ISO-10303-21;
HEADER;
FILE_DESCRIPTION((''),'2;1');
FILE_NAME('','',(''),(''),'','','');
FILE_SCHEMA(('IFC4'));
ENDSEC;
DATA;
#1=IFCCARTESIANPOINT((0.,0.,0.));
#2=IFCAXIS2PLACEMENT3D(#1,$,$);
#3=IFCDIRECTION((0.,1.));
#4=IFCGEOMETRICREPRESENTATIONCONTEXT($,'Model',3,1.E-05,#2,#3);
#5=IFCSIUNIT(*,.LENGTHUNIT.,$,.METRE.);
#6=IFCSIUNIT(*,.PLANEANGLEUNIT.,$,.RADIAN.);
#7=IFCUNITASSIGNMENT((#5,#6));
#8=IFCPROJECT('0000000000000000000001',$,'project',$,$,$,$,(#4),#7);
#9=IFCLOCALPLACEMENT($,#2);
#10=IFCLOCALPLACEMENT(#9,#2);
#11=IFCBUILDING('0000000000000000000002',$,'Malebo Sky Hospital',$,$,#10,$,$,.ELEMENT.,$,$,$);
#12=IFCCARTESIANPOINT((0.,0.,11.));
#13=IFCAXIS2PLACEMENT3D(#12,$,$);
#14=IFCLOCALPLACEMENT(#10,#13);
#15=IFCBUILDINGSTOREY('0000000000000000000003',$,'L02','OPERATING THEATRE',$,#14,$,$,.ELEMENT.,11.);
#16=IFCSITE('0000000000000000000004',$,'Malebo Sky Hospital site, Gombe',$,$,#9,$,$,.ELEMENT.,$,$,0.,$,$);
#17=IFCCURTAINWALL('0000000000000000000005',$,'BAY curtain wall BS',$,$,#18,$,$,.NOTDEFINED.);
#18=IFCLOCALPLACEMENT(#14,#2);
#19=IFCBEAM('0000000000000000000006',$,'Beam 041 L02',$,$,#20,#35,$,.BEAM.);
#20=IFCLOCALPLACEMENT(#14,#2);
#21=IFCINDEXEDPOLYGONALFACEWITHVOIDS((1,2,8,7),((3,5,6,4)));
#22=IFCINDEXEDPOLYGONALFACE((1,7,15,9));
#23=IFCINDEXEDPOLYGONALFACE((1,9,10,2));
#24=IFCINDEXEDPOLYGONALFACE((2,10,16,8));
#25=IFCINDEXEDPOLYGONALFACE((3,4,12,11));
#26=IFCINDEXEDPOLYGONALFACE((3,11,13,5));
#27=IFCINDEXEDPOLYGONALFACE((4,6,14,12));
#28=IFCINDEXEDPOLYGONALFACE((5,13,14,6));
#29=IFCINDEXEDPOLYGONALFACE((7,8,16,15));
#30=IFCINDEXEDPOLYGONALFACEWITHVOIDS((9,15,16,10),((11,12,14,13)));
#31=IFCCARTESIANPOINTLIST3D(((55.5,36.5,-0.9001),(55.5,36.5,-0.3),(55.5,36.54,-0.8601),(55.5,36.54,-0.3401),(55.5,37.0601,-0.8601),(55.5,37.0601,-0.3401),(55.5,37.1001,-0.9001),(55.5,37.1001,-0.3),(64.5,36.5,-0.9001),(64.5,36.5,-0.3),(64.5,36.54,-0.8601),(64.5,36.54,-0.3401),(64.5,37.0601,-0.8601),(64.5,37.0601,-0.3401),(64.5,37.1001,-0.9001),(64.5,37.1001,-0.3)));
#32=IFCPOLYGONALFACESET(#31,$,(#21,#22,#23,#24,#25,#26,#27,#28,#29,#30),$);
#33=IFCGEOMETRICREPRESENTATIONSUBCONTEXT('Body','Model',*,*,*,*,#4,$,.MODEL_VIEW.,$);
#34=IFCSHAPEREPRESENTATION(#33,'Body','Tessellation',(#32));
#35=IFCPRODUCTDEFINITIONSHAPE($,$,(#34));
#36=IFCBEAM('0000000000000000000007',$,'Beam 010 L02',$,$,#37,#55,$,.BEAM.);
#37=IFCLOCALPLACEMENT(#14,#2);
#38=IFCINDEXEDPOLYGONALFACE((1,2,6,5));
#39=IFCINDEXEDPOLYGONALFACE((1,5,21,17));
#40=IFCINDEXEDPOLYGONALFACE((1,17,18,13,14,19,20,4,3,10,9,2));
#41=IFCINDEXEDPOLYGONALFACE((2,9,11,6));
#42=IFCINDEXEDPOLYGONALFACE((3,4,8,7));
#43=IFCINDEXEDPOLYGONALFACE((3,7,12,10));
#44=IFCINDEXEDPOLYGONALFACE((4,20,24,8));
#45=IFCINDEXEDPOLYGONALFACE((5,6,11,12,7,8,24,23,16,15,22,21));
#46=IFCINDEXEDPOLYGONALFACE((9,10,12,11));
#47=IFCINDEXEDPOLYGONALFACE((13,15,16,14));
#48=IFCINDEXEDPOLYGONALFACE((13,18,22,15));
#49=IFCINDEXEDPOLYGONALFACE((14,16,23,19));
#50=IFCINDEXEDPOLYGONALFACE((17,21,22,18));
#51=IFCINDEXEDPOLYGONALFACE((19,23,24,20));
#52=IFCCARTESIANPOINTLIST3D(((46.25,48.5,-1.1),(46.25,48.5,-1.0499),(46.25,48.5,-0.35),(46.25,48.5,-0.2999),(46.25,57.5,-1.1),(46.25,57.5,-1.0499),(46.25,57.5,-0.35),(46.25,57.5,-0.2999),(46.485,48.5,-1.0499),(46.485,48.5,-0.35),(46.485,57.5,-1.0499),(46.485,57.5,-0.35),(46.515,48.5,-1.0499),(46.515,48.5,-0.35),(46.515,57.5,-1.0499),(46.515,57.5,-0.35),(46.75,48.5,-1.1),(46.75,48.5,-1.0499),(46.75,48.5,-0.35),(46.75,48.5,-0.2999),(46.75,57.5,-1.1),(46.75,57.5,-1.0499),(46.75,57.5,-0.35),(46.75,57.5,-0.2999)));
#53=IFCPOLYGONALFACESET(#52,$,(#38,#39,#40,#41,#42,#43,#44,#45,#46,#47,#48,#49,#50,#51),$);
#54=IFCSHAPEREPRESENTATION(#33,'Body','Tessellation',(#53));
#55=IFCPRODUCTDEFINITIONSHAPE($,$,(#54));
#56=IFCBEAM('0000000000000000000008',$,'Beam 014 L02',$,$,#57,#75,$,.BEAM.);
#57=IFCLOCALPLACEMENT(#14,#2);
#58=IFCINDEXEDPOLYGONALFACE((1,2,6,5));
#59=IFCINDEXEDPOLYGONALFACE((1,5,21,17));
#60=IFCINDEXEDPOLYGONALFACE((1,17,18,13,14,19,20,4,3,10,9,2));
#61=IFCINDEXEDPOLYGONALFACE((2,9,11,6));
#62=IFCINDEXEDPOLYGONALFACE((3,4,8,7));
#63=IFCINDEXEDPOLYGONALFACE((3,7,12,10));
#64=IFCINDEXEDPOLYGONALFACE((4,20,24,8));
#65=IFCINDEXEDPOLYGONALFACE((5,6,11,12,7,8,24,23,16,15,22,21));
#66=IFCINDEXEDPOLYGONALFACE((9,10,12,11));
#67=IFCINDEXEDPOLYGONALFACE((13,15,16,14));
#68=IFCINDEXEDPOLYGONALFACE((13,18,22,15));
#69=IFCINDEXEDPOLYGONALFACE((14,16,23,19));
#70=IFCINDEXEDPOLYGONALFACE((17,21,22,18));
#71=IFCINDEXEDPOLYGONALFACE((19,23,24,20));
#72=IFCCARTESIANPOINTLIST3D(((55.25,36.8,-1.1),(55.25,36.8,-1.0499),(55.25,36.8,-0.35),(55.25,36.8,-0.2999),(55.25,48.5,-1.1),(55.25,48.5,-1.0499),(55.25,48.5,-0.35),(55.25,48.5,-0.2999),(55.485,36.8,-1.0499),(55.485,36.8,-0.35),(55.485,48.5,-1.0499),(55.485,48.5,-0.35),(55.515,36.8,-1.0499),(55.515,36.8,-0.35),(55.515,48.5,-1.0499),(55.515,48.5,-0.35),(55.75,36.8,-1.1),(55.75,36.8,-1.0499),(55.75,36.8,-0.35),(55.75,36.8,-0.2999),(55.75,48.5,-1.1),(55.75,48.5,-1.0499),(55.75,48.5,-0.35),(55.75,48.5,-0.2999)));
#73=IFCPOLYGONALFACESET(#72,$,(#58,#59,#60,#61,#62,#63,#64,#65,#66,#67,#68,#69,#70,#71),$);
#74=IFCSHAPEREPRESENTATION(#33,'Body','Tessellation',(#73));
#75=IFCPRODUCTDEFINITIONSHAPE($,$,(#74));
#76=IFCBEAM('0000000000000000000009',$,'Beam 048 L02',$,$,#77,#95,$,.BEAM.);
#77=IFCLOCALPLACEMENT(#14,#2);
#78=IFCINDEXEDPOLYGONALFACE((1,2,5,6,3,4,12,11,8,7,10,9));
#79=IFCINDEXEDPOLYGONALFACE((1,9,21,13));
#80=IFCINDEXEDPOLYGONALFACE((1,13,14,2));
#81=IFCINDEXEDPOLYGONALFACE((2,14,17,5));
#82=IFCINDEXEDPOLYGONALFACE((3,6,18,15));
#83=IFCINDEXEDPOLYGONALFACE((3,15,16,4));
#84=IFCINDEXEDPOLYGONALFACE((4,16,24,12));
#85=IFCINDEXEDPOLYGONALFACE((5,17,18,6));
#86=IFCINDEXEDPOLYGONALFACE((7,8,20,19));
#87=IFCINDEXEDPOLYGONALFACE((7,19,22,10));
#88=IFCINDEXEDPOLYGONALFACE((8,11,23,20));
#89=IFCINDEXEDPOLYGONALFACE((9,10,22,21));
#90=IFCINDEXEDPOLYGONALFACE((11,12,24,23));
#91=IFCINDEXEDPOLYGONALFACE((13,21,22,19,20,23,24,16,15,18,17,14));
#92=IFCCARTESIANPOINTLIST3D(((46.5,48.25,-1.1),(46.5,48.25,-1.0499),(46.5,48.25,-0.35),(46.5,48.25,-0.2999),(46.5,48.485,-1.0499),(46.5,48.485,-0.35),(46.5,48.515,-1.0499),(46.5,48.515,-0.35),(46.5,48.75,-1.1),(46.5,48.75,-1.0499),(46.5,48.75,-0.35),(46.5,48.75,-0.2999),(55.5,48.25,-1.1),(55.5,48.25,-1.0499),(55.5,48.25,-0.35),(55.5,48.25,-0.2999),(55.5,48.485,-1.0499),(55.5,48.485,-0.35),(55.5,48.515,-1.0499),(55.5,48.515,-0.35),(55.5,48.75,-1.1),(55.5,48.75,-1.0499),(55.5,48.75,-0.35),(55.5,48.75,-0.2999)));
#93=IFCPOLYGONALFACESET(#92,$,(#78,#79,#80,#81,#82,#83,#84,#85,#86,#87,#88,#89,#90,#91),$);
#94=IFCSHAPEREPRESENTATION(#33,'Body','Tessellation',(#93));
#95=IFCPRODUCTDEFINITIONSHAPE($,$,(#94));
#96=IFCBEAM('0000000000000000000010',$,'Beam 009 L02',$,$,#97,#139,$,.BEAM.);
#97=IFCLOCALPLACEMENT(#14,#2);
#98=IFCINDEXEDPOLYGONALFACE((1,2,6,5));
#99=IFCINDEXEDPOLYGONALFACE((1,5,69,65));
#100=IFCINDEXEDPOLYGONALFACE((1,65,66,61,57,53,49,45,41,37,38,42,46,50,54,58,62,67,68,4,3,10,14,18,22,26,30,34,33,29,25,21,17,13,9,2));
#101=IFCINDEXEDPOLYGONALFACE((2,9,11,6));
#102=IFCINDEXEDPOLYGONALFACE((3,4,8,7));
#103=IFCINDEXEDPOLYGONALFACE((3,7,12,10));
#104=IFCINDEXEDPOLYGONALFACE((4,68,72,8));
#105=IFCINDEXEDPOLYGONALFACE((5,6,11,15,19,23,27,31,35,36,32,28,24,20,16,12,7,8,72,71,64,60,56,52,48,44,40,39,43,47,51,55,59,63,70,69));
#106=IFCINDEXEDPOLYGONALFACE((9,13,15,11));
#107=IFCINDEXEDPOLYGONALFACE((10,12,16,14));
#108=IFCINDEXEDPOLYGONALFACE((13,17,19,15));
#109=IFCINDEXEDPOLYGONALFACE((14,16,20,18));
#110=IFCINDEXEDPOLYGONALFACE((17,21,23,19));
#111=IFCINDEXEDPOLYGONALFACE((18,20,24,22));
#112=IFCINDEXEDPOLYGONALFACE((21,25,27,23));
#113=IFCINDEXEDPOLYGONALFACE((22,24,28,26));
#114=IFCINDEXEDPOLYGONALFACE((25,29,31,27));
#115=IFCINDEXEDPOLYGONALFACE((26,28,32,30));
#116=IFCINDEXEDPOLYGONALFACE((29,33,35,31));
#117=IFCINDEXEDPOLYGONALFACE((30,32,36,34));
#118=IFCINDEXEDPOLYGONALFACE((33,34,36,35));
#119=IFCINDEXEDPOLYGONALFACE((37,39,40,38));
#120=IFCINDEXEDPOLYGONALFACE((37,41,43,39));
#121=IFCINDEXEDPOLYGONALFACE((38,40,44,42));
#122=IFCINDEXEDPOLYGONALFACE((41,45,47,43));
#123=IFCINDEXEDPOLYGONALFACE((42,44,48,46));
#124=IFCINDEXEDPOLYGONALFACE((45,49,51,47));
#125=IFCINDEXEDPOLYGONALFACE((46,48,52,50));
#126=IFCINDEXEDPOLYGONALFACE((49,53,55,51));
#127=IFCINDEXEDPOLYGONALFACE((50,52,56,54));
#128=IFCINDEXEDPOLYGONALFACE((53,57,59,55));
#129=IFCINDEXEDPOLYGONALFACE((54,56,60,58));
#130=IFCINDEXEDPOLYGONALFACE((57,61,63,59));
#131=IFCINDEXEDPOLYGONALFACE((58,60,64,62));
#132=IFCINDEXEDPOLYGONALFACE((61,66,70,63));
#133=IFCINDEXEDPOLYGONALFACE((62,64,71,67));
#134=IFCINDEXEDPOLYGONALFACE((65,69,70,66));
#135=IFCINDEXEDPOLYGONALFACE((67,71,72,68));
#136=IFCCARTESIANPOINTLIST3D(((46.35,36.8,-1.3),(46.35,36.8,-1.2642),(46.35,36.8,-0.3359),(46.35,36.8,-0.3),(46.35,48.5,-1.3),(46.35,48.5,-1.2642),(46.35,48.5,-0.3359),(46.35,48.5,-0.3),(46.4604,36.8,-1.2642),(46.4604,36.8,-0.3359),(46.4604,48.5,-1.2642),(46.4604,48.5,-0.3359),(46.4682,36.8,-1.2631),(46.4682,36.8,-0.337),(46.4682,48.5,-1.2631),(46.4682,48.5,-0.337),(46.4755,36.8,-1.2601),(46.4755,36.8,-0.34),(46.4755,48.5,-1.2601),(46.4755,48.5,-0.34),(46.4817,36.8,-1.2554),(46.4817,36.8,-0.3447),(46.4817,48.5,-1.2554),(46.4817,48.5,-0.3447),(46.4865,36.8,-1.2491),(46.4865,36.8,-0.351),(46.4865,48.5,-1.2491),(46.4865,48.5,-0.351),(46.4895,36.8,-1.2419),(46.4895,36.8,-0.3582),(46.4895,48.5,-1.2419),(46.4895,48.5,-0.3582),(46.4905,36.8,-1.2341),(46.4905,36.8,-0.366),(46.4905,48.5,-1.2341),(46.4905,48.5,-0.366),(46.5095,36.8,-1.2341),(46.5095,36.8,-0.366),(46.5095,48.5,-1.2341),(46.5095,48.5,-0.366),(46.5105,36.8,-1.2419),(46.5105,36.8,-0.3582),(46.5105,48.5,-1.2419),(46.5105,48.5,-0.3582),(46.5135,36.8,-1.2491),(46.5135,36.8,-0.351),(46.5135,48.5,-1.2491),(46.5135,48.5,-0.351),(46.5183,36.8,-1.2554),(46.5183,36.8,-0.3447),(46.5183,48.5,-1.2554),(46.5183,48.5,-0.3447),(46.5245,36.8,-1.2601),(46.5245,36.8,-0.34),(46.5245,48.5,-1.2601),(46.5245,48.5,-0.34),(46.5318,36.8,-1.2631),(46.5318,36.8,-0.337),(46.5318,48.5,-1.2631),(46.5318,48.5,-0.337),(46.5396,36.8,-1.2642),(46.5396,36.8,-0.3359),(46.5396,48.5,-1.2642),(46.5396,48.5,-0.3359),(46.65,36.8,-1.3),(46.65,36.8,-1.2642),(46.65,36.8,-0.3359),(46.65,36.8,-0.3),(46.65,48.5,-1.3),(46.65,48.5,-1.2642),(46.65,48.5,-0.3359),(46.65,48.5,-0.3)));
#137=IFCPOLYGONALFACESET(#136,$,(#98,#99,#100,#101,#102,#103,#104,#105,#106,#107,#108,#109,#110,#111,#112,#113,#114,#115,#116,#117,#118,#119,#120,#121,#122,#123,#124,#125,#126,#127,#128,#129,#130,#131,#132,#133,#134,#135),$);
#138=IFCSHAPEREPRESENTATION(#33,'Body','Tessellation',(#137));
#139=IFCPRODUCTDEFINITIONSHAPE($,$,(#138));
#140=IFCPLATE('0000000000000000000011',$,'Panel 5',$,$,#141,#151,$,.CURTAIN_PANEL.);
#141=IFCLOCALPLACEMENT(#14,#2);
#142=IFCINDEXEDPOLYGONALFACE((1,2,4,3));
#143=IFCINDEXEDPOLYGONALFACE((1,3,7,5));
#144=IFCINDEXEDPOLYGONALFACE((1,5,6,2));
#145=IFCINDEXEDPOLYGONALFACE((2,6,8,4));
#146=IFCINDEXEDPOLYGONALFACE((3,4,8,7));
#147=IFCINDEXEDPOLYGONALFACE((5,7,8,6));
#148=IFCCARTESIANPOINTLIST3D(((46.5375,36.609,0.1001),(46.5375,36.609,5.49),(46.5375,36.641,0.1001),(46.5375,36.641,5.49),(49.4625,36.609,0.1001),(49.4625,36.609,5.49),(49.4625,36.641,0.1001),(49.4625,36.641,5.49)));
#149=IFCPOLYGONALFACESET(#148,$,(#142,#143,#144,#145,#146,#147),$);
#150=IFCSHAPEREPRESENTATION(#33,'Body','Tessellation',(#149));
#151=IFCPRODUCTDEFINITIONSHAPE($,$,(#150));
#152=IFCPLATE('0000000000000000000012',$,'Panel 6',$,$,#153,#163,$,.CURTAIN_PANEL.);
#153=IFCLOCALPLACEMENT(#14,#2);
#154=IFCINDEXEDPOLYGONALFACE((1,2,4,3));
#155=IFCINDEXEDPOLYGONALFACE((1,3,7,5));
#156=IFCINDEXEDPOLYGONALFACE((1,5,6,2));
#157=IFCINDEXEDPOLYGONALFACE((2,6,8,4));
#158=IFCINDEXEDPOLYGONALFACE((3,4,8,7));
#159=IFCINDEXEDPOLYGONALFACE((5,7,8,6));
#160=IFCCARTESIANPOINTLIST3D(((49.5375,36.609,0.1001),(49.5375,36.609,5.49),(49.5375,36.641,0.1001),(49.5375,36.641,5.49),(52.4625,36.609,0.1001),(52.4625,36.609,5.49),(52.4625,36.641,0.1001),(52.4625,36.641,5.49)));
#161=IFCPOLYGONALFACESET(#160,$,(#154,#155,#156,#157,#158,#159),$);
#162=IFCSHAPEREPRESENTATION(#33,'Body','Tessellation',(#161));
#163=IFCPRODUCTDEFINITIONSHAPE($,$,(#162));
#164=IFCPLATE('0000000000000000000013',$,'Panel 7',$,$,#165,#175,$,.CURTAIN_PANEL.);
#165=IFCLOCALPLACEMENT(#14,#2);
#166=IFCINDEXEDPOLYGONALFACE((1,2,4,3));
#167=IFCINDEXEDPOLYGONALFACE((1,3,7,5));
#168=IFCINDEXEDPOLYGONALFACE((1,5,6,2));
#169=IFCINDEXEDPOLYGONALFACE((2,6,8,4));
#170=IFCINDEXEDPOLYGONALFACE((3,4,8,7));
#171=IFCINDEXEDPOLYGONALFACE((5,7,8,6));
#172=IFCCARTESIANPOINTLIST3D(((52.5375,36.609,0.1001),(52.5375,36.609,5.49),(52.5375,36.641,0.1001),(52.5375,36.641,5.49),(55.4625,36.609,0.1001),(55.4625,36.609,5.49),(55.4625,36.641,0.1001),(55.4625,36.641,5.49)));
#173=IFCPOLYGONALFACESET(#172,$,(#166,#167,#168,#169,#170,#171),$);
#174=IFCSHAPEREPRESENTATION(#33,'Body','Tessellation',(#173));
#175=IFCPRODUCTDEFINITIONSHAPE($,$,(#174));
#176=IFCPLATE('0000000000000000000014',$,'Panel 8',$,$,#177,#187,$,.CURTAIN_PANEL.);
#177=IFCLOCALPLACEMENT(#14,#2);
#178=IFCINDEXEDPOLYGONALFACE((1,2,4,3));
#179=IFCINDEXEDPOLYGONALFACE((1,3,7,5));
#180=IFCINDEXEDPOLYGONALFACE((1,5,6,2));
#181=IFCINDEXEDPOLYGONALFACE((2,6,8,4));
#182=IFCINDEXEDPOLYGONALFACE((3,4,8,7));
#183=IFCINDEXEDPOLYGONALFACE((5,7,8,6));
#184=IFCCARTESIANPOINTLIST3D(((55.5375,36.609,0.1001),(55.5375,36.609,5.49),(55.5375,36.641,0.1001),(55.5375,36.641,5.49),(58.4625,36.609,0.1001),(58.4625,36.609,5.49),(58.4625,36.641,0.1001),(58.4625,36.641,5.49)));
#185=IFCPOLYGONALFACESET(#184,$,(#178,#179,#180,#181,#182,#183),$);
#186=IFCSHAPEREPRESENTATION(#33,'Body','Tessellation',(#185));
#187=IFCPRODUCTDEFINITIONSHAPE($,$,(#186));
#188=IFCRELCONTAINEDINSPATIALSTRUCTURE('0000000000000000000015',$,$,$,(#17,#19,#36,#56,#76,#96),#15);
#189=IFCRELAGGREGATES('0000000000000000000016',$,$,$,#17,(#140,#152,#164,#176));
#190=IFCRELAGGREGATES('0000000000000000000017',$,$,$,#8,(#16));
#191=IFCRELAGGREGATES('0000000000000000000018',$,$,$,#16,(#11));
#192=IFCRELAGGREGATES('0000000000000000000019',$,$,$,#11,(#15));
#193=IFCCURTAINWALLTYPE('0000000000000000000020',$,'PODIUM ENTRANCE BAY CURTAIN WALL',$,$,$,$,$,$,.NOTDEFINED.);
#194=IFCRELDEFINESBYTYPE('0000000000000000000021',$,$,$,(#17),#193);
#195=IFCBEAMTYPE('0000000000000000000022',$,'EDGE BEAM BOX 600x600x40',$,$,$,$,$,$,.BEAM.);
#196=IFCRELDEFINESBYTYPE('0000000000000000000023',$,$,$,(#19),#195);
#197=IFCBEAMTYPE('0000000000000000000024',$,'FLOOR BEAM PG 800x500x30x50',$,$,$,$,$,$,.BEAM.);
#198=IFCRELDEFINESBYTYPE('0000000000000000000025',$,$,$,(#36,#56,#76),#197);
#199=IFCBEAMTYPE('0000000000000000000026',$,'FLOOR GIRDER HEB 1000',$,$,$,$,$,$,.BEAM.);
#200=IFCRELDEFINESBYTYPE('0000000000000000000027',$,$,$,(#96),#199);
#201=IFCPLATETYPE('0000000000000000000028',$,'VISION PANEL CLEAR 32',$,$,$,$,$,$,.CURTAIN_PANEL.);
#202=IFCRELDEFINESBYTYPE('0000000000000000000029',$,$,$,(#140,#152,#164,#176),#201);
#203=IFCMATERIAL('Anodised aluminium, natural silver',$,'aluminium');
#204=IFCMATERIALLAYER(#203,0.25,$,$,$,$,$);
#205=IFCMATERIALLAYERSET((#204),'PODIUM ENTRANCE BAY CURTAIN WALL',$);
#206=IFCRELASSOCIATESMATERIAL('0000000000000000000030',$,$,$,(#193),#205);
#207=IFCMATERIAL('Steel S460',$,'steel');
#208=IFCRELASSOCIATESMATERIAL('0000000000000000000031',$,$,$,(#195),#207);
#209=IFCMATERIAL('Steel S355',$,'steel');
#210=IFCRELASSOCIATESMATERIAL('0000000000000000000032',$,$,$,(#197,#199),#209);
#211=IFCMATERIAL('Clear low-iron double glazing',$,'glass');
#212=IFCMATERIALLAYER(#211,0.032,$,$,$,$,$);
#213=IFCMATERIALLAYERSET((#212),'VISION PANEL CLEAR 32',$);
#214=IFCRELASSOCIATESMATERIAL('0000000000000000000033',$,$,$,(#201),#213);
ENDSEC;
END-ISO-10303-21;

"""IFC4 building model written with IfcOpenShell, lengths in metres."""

from ifc_helpers import new_model, si_unit, direction, frame, origin, origin_2d, place, context, subcontext, project, spatial, rectangle, hollow_rectangle, i_section, extrude, material, layer, layer_set, material_profile, profile_set, type_object, element, aggregate, save


model = new_model("IFC4")

# Units and contexts
model_context = context("Model", 3, precision=1e-05, world=origin(), true_north=direction((0.0, 1.0)))
body_context = subcontext(model_context, "Body", "Model", "MODEL_VIEW")
ifc_project = project(units=[si_unit("LENGTHUNIT", "METRE"), si_unit("PLANEANGLEUNIT", "RADIAN")], contexts=[model_context])

# Site, building, storey
site_placement = place(None, origin())
site = spatial("IfcSite", under=ifc_project, at=site_placement, Name="Malebo Sky Hospital site, Gombe", CompositionType="ELEMENT", RefElevation=0.0)
building_placement = place(site_placement, origin())
building = spatial("IfcBuilding", under=site, at=building_placement, Name="Malebo Sky Hospital", CompositionType="ELEMENT")
storey_placement = place(building_placement, frame((0.0, 0.0, 11.0)))
storey = spatial("IfcBuildingStorey", under=building, at=storey_placement, Name="L02", Description="OPERATING THEATRE", CompositionType="ELEMENT", Elevation=11.0)

# Shared definitions
ifc_material_1 = material(Name="Steel S460", Category="steel")

# Curtain wall
ifc_material_2 = material(Name="Anodised aluminium, natural silver", Category="aluminium")
ifc_layer_1 = layer(ifc_material_2, 0.25)
ifc_layer_set_1 = layer_set([ifc_layer_1], Name="PODIUM ENTRANCE BAY CURTAIN WALL")
curtain_wall_type = type_object("IfcCurtainWallType", Name="PODIUM ENTRANCE BAY CURTAIN WALL", PredefinedType="NOTDEFINED", material=ifc_layer_set_1)
curtain_wall_placement = place(storey_placement, origin())
curtain_wall = element("IfcCurtainWall", 1, at=curtain_wall_placement, inside=storey, type_object=curtain_wall_type, Name="BAY curtain wall BS", PredefinedType="NOTDEFINED")

# Beams
ifc_material_profile_1 = material_profile(ifc_material_1, hollow_rectangle(XDim=0.6001, YDim=0.6001, WallThickness=0.04, at=origin_2d()), Name="BOX 600x600x40")
ifc_profile_set_1 = profile_set([ifc_material_profile_1], Name="Steel S460")
beam_type_1 = type_object("IfcBeamType", Name="EDGE BEAM BOX 600x600x40", PredefinedType="BEAM", material=ifc_profile_set_1)
for number, where, z_axis, x_axis, name in (
    (2, (55.5, 36.8, -0.6001), (1.0, 0.0, 0.0), (0.0, 1.0, 0.0), "Beam 041 L02"),
):
    element("IfcBeam", number, at=place(storey_placement, frame(where, z_axis=z_axis, x_axis=x_axis)), inside=storey, type_object=beam_type_1, Name=name, PredefinedType="BEAM", context=body_context, shape_type="SweptSolid", body=[
        extrude(hollow_rectangle(XDim=0.6001, YDim=0.6001, WallThickness=0.04, at=origin_2d()), origin(), (0.0, 0.0, 1.0), 9.0),
    ])
ifc_material_3 = material(Name="Steel S355", Category="steel")
ifc_material_profile_2 = material_profile(ifc_material_3, i_section(OverallWidth=0.5, OverallDepth=0.8, WebThickness=0.03, FlangeThickness=0.05, at=origin_2d()), Name="PG 800x500x30x50")
ifc_profile_set_2 = profile_set([ifc_material_profile_2], Name="Steel S355")
beam_type_2 = type_object("IfcBeamType", Name="FLOOR BEAM PG 800x500x30x50", PredefinedType="BEAM", material=ifc_profile_set_2)
beam_1_placement = place(storey_placement, frame((46.5, 48.5, -0.7), z_axis=(0.0, 1.0, 0.0), x_axis=(-1.0, 0.0, 0.0)))
element("IfcBeam", 3, at=beam_1_placement, inside=storey, type_object=beam_type_2, Name="Beam 010 L02", PredefinedType="BEAM", context=body_context, shape_type="SweptSolid", body=[
    extrude(i_section(OverallWidth=0.5, OverallDepth=0.8, WebThickness=0.03, FlangeThickness=0.05, at=origin_2d()), origin(), (0.0, 0.0, 1.0), 9.0),
])
beam_2_placement = place(storey_placement, frame((55.5, 36.8, -0.7), z_axis=(0.0, 1.0, 0.0), x_axis=(-1.0, 0.0, 0.0)))
element("IfcBeam", 4, at=beam_2_placement, inside=storey, type_object=beam_type_2, Name="Beam 014 L02", PredefinedType="BEAM", context=body_context, shape_type="SweptSolid", body=[
    extrude(i_section(OverallWidth=0.5, OverallDepth=0.8, WebThickness=0.03, FlangeThickness=0.05, at=origin_2d()), origin(), (0.0, 0.0, 1.0), 11.7),
])
beam_3_placement = place(storey_placement, frame((46.5, 48.5, -0.7), z_axis=(1.0, 0.0, 0.0), x_axis=(0.0, 1.0, 0.0)))
element("IfcBeam", 5, at=beam_3_placement, inside=storey, type_object=beam_type_2, Name="Beam 048 L02", PredefinedType="BEAM", context=body_context, shape_type="SweptSolid", body=[
    extrude(i_section(OverallWidth=0.5, OverallDepth=0.8, WebThickness=0.03, FlangeThickness=0.05, at=origin_2d()), origin(), (0.0, 0.0, 1.0), 9.0),
])
ifc_material_profile_3 = material_profile(ifc_material_3, i_section(OverallWidth=0.3, OverallDepth=1.0, WebThickness=0.019, FlangeThickness=0.0359, FilletRadius=0.03, at=origin_2d()), Name="HEB 1000")
ifc_profile_set_3 = profile_set([ifc_material_profile_3], Name="Steel S355")
beam_type_3 = type_object("IfcBeamType", Name="FLOOR GIRDER HEB 1000", PredefinedType="BEAM", material=ifc_profile_set_3)
beam_4_placement = place(storey_placement, frame((46.5, 36.8, -0.8), z_axis=(0.0, 1.0, 0.0), x_axis=(-1.0, 0.0, 0.0)))
element("IfcBeam", 6, at=beam_4_placement, inside=storey, type_object=beam_type_3, Name="Beam 009 L02", PredefinedType="BEAM", context=body_context, shape_type="SweptSolid", body=[
    extrude(i_section(OverallWidth=0.3, OverallDepth=1.0, WebThickness=0.019, FlangeThickness=0.0359, FilletRadius=0.03, at=origin_2d()), origin(), (0.0, 0.0, 1.0), 11.7),
])

# Plates
ifc_material_4 = material(Name="Clear low-iron double glazing", Category="glass")
ifc_layer_2 = layer(ifc_material_4, 0.032)
ifc_layer_set_2 = layer_set([ifc_layer_2], Name="VISION PANEL CLEAR 32")
plate_type = type_object("IfcPlateType", Name="VISION PANEL CLEAR 32", PredefinedType="CURTAIN_PANEL", material=ifc_layer_set_2)
plate_1_placement = place(storey_placement, frame((48.0, 36.625, 0.1001), z_axis=(0.0, 0.0, 1.0), x_axis=(1.0, 0.0, 0.0)))
plate_1 = element("IfcPlate", 7, at=plate_1_placement, type_object=plate_type, Name="Panel 5", PredefinedType="CURTAIN_PANEL", context=body_context, shape_type="SweptSolid", body=[
    extrude(rectangle(XDim=2.925, YDim=0.032, at=origin_2d()), origin(), (0.0, 0.0, 1.0), 5.3899),
])
plate_2_placement = place(storey_placement, frame((51.0, 36.625, 0.1001), z_axis=(0.0, 0.0, 1.0), x_axis=(1.0, 0.0, 0.0)))
plate_2 = element("IfcPlate", 8, at=plate_2_placement, type_object=plate_type, Name="Panel 6", PredefinedType="CURTAIN_PANEL", context=body_context, shape_type="SweptSolid", body=[
    extrude(rectangle(XDim=2.925, YDim=0.032, at=origin_2d()), origin(), (0.0, 0.0, 1.0), 5.3899),
])
plate_3_placement = place(storey_placement, frame((54.0, 36.625, 0.1001), z_axis=(0.0, 0.0, 1.0), x_axis=(1.0, 0.0, 0.0)))
plate_3 = element("IfcPlate", 9, at=plate_3_placement, type_object=plate_type, Name="Panel 7", PredefinedType="CURTAIN_PANEL", context=body_context, shape_type="SweptSolid", body=[
    extrude(rectangle(XDim=2.925, YDim=0.032, at=origin_2d()), origin(), (0.0, 0.0, 1.0), 5.3899),
])
plate_4_placement = place(storey_placement, frame((57.0, 36.625, 0.1001), z_axis=(0.0, 0.0, 1.0), x_axis=(1.0, 0.0, 0.0)))
plate_4 = element("IfcPlate", 10, at=plate_4_placement, type_object=plate_type, Name="Panel 8", PredefinedType="CURTAIN_PANEL", context=body_context, shape_type="SweptSolid", body=[
    extrude(rectangle(XDim=2.925, YDim=0.032, at=origin_2d()), origin(), (0.0, 0.0, 1.0), 5.3899),
])
aggregate(curtain_wall, [plate_1, plate_2, plate_3, plate_4])

save(model, "model.ifc")
